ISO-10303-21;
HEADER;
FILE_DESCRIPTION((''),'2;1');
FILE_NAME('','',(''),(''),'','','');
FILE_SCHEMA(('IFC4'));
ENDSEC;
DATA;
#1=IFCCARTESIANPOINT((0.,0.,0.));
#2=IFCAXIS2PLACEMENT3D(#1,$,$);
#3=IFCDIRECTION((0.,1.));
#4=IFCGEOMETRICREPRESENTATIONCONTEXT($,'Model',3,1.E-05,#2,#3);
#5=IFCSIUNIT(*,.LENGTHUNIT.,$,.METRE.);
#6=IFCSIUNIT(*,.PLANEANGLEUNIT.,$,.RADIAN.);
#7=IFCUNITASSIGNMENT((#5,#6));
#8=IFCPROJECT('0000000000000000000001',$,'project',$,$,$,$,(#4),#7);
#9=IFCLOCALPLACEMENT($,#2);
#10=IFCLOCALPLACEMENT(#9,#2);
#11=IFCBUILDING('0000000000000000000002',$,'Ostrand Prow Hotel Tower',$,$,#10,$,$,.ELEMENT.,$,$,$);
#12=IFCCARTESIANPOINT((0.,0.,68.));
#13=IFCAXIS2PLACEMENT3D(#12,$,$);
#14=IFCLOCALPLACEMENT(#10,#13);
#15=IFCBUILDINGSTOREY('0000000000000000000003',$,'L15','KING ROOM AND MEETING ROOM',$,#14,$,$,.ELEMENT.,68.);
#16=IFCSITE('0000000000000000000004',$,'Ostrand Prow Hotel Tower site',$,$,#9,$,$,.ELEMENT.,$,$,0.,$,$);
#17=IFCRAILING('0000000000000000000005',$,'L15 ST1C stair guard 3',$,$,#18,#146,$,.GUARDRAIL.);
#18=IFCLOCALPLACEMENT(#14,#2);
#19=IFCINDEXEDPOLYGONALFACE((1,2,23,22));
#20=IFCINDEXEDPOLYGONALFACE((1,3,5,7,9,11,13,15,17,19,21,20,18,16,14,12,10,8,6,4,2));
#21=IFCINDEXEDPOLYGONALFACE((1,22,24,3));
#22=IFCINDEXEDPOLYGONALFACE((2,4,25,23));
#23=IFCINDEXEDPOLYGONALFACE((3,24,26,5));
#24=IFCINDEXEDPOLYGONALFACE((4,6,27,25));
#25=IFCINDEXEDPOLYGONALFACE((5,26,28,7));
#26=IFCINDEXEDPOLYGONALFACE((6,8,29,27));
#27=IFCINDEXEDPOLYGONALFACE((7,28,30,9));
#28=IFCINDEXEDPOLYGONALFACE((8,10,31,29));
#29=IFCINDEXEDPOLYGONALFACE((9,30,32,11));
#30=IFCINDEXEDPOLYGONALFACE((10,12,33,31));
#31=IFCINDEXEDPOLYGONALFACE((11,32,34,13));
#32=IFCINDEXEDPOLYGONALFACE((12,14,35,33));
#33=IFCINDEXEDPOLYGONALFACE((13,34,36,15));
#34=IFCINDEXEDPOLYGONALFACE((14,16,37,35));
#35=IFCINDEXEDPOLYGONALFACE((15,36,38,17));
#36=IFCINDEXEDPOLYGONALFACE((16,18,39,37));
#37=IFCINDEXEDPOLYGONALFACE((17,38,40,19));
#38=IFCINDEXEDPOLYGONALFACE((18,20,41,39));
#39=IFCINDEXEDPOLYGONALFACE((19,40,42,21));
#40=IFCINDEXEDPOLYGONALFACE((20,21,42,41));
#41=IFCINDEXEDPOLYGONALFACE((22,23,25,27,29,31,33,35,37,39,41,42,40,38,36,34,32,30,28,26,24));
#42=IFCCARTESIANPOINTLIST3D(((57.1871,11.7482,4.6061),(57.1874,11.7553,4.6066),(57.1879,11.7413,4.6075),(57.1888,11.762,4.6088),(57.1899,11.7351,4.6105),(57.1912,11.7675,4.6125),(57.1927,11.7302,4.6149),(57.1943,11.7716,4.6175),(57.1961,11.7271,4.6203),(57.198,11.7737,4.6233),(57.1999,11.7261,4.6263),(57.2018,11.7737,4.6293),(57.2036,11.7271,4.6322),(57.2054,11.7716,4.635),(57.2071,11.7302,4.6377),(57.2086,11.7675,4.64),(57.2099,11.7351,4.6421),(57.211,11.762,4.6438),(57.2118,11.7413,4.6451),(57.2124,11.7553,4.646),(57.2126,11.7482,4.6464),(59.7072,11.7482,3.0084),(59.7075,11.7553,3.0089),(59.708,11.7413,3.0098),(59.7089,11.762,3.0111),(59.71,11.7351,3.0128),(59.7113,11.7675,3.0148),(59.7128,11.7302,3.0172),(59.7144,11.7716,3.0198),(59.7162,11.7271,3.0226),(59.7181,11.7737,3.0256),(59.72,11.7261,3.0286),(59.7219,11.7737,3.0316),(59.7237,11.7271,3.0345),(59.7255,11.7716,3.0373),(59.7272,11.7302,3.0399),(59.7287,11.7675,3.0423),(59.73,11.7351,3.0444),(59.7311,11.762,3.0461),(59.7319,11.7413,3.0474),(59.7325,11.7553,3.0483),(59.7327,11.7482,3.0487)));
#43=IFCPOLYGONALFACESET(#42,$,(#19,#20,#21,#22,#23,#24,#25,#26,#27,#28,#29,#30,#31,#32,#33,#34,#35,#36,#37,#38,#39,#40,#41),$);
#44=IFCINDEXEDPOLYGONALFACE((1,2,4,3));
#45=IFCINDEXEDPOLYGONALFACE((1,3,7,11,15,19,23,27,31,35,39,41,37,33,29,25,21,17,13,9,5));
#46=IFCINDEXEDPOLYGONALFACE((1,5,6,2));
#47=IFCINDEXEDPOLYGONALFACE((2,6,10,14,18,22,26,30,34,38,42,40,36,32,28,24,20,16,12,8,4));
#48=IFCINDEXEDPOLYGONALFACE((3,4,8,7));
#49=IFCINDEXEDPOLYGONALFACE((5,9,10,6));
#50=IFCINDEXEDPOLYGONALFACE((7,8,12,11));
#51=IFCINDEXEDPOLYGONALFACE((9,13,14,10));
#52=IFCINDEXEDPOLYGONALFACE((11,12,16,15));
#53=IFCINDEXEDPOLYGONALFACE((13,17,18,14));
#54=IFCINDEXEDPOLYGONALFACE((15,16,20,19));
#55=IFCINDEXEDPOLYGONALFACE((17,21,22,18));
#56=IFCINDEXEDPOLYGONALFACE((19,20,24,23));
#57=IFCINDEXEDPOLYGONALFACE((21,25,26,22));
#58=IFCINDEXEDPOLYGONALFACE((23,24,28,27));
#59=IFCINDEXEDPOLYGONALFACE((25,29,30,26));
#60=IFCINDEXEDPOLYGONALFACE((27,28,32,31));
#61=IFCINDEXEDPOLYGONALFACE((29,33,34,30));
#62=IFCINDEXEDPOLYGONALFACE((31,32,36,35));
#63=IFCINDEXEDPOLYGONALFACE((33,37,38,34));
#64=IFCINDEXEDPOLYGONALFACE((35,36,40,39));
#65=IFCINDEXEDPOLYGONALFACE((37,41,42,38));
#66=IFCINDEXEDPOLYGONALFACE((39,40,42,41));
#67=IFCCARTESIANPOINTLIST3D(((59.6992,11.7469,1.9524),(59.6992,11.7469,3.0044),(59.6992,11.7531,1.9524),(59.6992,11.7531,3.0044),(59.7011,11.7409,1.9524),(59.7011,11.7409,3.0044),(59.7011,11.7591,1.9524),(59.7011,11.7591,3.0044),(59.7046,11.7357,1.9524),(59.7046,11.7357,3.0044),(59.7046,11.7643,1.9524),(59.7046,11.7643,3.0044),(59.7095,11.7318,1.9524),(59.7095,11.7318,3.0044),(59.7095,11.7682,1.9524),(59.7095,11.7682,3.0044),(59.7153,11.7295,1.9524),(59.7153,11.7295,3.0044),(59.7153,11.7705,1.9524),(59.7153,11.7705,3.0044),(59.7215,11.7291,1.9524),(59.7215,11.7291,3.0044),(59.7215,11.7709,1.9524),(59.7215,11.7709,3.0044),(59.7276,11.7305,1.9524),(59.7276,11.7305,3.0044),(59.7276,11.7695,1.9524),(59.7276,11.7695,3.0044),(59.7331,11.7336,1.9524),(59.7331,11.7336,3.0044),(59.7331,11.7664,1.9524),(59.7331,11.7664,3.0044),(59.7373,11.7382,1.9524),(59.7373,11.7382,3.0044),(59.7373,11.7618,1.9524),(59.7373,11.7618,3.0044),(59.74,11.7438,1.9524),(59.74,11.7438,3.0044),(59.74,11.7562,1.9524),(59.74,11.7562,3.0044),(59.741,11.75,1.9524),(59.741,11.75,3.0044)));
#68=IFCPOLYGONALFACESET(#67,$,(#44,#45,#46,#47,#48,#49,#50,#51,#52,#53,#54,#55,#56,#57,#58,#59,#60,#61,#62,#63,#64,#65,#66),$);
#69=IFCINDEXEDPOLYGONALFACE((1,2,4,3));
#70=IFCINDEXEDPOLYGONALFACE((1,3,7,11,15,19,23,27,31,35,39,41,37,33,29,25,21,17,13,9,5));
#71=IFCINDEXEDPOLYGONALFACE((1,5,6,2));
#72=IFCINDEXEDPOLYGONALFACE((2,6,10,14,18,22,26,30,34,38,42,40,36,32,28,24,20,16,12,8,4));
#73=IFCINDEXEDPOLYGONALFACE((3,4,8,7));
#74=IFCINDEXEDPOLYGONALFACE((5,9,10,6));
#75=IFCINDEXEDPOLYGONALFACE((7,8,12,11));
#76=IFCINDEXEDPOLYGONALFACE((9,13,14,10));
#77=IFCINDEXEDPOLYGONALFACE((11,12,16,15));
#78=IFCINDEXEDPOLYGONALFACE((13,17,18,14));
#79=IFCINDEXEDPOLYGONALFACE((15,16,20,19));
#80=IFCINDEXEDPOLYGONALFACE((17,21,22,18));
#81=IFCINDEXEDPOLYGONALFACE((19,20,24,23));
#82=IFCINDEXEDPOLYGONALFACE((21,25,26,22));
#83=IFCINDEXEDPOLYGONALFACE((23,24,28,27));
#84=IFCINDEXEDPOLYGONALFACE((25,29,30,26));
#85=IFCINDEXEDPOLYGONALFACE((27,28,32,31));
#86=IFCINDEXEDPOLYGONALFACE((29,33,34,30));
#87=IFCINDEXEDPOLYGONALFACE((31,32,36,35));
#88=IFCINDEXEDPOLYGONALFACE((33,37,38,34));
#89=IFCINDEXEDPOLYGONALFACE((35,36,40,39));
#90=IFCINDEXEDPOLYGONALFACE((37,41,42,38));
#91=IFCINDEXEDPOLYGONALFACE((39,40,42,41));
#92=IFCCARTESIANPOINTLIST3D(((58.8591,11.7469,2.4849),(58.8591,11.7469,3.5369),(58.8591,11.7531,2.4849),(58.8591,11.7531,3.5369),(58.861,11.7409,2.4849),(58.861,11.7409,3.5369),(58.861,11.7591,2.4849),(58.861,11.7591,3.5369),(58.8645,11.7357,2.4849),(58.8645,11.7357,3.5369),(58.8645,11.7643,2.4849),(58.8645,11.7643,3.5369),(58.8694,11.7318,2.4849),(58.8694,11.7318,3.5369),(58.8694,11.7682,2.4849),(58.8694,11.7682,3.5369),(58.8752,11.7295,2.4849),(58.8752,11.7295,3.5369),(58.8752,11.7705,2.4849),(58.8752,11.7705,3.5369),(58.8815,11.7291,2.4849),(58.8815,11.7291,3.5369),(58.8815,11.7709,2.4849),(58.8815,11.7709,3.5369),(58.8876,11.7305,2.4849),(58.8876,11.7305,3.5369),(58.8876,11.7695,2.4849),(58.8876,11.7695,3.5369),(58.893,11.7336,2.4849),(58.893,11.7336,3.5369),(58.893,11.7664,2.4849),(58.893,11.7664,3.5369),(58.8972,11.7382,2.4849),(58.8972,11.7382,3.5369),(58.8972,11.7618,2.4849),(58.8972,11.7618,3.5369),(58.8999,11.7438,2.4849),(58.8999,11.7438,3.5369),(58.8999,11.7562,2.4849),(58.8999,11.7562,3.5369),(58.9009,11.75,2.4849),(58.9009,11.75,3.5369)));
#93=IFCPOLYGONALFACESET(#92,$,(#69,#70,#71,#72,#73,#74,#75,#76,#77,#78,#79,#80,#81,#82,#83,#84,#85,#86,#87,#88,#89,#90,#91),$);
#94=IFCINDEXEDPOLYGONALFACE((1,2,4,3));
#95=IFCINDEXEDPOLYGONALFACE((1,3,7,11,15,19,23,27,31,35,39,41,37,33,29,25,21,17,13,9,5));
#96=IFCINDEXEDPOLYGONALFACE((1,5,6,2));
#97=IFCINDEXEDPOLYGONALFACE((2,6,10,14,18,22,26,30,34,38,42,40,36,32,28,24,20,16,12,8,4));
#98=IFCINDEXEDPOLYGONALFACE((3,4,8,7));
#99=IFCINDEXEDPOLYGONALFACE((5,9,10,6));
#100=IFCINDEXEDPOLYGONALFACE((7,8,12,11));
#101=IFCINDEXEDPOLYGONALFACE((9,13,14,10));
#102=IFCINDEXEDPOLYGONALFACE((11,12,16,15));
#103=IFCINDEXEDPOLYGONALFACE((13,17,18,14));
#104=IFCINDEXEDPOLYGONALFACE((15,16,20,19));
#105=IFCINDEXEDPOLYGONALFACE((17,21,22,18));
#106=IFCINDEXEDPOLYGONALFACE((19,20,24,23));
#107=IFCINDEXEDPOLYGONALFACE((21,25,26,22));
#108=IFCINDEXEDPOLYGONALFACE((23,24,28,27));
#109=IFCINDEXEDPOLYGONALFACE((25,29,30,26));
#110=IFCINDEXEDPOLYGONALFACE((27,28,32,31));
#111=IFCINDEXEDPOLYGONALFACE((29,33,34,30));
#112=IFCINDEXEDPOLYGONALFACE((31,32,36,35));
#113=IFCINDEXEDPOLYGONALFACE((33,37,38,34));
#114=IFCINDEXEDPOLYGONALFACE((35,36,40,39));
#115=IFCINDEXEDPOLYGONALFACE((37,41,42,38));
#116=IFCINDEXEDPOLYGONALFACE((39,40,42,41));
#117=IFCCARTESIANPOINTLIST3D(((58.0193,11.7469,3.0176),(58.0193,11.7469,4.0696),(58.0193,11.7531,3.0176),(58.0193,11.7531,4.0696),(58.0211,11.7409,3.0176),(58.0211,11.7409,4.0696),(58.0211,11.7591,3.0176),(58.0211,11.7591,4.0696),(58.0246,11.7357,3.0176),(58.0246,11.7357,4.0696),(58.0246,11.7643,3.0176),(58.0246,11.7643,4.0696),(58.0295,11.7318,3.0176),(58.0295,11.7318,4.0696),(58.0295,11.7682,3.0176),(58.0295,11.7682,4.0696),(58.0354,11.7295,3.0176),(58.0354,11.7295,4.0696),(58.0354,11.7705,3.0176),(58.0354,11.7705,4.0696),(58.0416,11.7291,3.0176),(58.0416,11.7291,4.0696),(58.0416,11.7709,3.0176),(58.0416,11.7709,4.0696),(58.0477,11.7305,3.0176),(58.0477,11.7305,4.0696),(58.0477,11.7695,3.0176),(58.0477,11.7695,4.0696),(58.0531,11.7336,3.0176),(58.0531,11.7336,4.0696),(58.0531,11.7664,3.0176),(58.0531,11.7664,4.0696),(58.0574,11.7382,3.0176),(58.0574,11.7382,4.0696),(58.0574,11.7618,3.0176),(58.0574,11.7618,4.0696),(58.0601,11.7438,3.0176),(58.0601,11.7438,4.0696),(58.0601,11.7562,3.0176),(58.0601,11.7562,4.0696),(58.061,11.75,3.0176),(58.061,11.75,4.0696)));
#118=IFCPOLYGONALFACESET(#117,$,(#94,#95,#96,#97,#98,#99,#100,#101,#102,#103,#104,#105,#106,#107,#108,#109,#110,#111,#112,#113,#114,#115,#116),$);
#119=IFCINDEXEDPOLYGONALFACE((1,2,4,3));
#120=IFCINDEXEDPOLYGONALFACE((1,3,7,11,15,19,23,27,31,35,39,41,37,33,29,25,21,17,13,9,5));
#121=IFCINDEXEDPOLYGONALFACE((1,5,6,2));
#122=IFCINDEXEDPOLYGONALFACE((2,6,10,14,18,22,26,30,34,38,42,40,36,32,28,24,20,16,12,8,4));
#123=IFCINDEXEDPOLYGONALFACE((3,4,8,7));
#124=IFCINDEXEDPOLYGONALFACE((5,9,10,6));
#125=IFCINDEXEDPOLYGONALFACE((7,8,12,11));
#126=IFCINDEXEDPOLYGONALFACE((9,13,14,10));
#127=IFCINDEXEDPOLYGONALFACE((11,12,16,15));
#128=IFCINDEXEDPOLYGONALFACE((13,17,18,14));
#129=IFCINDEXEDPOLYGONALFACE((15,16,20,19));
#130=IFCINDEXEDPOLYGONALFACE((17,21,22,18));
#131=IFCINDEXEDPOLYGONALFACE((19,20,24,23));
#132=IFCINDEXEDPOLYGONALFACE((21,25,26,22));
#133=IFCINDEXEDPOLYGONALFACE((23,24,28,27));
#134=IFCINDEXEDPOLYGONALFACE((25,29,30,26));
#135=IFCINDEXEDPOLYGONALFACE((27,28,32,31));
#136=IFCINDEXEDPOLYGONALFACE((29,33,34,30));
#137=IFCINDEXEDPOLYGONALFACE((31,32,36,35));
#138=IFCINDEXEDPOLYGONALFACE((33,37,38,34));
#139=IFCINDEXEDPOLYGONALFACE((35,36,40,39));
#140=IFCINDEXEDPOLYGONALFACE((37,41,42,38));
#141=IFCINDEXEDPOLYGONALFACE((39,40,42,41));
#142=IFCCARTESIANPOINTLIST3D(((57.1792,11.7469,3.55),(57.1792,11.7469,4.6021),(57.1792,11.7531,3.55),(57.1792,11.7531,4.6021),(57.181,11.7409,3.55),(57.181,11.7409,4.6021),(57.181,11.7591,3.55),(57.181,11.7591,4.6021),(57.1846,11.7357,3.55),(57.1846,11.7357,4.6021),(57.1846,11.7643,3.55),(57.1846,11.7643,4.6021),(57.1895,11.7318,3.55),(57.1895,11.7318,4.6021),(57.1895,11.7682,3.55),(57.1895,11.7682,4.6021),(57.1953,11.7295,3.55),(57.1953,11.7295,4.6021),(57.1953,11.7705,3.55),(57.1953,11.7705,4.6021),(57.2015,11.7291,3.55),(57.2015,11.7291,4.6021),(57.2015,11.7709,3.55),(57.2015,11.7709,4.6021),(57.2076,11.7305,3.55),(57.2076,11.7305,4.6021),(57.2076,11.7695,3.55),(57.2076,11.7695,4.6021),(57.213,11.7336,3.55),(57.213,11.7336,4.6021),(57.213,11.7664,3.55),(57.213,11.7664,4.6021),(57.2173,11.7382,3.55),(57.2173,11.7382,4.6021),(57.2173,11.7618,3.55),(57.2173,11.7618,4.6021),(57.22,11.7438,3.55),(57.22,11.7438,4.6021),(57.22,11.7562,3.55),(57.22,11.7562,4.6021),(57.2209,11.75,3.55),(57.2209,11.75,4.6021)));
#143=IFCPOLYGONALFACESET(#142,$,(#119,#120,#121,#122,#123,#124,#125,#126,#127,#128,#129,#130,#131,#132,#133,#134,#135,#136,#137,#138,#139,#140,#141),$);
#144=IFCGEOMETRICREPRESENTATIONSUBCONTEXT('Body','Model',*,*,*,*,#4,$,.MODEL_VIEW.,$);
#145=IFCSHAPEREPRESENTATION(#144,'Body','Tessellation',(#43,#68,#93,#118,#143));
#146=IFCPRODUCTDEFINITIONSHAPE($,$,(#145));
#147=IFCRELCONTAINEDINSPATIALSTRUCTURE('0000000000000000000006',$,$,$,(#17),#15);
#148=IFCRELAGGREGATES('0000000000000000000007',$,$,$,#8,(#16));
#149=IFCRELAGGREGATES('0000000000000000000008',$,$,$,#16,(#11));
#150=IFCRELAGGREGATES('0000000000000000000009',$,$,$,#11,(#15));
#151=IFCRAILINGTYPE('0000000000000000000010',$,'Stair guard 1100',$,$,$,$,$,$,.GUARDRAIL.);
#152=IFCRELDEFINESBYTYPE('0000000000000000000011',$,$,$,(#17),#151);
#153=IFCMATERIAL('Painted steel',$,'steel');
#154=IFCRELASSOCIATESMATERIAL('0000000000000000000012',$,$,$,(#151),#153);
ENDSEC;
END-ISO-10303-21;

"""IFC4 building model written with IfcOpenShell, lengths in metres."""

from ifc_helpers import new_model, si_unit, direction, frame, origin, origin_2d, place, context, subcontext, project, spatial, circle, extrude, material, type_object, element, save


model = new_model("IFC4")

# Units and contexts
model_context = context("Model", 3, precision=1e-05, world=origin(), true_north=direction((0.0, 1.0)))
body_context = subcontext(model_context, "Body", "Model", "MODEL_VIEW")
ifc_project = project(units=[si_unit("LENGTHUNIT", "METRE"), si_unit("PLANEANGLEUNIT", "RADIAN")], contexts=[model_context])

# Site, building, storey
site_placement = place(None, origin())
site = spatial("IfcSite", under=ifc_project, at=site_placement, Name="Ostrand Prow Hotel Tower site", CompositionType="ELEMENT", RefElevation=0.0)
building_placement = place(site_placement, origin())
building = spatial("IfcBuilding", under=site, at=building_placement, Name="Ostrand Prow Hotel Tower", CompositionType="ELEMENT")
storey_placement = place(building_placement, frame((0.0, 0.0, 68.0)))
storey = spatial("IfcBuildingStorey", under=building, at=storey_placement, Name="L15", Description="KING ROOM AND MEETING ROOM", CompositionType="ELEMENT", Elevation=68.0)

# Railing
ifc_material_1 = material(Name="Painted steel", Category="steel")
railing_type_1 = type_object("IfcRailingType", Name="Stair guard 1100", PredefinedType="GUARDRAIL", material=ifc_material_1)
railing_1_placement = place(storey_placement, frame((59.72, 11.75, 1.9524)))
element("IfcRailing", 1, at=railing_1_placement, inside=storey, type_object=railing_type_1, Name="L15 ST1C stair guard 3", PredefinedType="GUARDRAIL", context=body_context, shape_type="SweptSolid", body=[
    extrude(circle(Radius=0.0239, at=origin_2d()), frame((0.0, 0.0, 1.0762), z_axis=(-0.84457, 0.0, 0.535445), x_axis=(0.0, -1.0, 0.0)), (0.0, 0.0, 1.0), 2.9839),
    extrude(circle(Radius=0.021, at=origin_2d()), origin(), (0.0, 0.0, 1.0), 1.052),
    extrude(circle(Radius=0.021, at=origin_2d()), frame((-0.8401, 0.0, 0.5325)), (0.0, 0.0, 1.0), 1.052),
    extrude(circle(Radius=0.021, at=origin_2d()), frame((-1.6799, 0.0, 1.0652)), (0.0, 0.0, 1.0), 1.052),
    extrude(circle(Radius=0.021, at=origin_2d()), frame((-2.52, 0.0, 1.5977)), (0.0, 0.0, 1.0), 1.052),
])

save(model, "model.ifc")
